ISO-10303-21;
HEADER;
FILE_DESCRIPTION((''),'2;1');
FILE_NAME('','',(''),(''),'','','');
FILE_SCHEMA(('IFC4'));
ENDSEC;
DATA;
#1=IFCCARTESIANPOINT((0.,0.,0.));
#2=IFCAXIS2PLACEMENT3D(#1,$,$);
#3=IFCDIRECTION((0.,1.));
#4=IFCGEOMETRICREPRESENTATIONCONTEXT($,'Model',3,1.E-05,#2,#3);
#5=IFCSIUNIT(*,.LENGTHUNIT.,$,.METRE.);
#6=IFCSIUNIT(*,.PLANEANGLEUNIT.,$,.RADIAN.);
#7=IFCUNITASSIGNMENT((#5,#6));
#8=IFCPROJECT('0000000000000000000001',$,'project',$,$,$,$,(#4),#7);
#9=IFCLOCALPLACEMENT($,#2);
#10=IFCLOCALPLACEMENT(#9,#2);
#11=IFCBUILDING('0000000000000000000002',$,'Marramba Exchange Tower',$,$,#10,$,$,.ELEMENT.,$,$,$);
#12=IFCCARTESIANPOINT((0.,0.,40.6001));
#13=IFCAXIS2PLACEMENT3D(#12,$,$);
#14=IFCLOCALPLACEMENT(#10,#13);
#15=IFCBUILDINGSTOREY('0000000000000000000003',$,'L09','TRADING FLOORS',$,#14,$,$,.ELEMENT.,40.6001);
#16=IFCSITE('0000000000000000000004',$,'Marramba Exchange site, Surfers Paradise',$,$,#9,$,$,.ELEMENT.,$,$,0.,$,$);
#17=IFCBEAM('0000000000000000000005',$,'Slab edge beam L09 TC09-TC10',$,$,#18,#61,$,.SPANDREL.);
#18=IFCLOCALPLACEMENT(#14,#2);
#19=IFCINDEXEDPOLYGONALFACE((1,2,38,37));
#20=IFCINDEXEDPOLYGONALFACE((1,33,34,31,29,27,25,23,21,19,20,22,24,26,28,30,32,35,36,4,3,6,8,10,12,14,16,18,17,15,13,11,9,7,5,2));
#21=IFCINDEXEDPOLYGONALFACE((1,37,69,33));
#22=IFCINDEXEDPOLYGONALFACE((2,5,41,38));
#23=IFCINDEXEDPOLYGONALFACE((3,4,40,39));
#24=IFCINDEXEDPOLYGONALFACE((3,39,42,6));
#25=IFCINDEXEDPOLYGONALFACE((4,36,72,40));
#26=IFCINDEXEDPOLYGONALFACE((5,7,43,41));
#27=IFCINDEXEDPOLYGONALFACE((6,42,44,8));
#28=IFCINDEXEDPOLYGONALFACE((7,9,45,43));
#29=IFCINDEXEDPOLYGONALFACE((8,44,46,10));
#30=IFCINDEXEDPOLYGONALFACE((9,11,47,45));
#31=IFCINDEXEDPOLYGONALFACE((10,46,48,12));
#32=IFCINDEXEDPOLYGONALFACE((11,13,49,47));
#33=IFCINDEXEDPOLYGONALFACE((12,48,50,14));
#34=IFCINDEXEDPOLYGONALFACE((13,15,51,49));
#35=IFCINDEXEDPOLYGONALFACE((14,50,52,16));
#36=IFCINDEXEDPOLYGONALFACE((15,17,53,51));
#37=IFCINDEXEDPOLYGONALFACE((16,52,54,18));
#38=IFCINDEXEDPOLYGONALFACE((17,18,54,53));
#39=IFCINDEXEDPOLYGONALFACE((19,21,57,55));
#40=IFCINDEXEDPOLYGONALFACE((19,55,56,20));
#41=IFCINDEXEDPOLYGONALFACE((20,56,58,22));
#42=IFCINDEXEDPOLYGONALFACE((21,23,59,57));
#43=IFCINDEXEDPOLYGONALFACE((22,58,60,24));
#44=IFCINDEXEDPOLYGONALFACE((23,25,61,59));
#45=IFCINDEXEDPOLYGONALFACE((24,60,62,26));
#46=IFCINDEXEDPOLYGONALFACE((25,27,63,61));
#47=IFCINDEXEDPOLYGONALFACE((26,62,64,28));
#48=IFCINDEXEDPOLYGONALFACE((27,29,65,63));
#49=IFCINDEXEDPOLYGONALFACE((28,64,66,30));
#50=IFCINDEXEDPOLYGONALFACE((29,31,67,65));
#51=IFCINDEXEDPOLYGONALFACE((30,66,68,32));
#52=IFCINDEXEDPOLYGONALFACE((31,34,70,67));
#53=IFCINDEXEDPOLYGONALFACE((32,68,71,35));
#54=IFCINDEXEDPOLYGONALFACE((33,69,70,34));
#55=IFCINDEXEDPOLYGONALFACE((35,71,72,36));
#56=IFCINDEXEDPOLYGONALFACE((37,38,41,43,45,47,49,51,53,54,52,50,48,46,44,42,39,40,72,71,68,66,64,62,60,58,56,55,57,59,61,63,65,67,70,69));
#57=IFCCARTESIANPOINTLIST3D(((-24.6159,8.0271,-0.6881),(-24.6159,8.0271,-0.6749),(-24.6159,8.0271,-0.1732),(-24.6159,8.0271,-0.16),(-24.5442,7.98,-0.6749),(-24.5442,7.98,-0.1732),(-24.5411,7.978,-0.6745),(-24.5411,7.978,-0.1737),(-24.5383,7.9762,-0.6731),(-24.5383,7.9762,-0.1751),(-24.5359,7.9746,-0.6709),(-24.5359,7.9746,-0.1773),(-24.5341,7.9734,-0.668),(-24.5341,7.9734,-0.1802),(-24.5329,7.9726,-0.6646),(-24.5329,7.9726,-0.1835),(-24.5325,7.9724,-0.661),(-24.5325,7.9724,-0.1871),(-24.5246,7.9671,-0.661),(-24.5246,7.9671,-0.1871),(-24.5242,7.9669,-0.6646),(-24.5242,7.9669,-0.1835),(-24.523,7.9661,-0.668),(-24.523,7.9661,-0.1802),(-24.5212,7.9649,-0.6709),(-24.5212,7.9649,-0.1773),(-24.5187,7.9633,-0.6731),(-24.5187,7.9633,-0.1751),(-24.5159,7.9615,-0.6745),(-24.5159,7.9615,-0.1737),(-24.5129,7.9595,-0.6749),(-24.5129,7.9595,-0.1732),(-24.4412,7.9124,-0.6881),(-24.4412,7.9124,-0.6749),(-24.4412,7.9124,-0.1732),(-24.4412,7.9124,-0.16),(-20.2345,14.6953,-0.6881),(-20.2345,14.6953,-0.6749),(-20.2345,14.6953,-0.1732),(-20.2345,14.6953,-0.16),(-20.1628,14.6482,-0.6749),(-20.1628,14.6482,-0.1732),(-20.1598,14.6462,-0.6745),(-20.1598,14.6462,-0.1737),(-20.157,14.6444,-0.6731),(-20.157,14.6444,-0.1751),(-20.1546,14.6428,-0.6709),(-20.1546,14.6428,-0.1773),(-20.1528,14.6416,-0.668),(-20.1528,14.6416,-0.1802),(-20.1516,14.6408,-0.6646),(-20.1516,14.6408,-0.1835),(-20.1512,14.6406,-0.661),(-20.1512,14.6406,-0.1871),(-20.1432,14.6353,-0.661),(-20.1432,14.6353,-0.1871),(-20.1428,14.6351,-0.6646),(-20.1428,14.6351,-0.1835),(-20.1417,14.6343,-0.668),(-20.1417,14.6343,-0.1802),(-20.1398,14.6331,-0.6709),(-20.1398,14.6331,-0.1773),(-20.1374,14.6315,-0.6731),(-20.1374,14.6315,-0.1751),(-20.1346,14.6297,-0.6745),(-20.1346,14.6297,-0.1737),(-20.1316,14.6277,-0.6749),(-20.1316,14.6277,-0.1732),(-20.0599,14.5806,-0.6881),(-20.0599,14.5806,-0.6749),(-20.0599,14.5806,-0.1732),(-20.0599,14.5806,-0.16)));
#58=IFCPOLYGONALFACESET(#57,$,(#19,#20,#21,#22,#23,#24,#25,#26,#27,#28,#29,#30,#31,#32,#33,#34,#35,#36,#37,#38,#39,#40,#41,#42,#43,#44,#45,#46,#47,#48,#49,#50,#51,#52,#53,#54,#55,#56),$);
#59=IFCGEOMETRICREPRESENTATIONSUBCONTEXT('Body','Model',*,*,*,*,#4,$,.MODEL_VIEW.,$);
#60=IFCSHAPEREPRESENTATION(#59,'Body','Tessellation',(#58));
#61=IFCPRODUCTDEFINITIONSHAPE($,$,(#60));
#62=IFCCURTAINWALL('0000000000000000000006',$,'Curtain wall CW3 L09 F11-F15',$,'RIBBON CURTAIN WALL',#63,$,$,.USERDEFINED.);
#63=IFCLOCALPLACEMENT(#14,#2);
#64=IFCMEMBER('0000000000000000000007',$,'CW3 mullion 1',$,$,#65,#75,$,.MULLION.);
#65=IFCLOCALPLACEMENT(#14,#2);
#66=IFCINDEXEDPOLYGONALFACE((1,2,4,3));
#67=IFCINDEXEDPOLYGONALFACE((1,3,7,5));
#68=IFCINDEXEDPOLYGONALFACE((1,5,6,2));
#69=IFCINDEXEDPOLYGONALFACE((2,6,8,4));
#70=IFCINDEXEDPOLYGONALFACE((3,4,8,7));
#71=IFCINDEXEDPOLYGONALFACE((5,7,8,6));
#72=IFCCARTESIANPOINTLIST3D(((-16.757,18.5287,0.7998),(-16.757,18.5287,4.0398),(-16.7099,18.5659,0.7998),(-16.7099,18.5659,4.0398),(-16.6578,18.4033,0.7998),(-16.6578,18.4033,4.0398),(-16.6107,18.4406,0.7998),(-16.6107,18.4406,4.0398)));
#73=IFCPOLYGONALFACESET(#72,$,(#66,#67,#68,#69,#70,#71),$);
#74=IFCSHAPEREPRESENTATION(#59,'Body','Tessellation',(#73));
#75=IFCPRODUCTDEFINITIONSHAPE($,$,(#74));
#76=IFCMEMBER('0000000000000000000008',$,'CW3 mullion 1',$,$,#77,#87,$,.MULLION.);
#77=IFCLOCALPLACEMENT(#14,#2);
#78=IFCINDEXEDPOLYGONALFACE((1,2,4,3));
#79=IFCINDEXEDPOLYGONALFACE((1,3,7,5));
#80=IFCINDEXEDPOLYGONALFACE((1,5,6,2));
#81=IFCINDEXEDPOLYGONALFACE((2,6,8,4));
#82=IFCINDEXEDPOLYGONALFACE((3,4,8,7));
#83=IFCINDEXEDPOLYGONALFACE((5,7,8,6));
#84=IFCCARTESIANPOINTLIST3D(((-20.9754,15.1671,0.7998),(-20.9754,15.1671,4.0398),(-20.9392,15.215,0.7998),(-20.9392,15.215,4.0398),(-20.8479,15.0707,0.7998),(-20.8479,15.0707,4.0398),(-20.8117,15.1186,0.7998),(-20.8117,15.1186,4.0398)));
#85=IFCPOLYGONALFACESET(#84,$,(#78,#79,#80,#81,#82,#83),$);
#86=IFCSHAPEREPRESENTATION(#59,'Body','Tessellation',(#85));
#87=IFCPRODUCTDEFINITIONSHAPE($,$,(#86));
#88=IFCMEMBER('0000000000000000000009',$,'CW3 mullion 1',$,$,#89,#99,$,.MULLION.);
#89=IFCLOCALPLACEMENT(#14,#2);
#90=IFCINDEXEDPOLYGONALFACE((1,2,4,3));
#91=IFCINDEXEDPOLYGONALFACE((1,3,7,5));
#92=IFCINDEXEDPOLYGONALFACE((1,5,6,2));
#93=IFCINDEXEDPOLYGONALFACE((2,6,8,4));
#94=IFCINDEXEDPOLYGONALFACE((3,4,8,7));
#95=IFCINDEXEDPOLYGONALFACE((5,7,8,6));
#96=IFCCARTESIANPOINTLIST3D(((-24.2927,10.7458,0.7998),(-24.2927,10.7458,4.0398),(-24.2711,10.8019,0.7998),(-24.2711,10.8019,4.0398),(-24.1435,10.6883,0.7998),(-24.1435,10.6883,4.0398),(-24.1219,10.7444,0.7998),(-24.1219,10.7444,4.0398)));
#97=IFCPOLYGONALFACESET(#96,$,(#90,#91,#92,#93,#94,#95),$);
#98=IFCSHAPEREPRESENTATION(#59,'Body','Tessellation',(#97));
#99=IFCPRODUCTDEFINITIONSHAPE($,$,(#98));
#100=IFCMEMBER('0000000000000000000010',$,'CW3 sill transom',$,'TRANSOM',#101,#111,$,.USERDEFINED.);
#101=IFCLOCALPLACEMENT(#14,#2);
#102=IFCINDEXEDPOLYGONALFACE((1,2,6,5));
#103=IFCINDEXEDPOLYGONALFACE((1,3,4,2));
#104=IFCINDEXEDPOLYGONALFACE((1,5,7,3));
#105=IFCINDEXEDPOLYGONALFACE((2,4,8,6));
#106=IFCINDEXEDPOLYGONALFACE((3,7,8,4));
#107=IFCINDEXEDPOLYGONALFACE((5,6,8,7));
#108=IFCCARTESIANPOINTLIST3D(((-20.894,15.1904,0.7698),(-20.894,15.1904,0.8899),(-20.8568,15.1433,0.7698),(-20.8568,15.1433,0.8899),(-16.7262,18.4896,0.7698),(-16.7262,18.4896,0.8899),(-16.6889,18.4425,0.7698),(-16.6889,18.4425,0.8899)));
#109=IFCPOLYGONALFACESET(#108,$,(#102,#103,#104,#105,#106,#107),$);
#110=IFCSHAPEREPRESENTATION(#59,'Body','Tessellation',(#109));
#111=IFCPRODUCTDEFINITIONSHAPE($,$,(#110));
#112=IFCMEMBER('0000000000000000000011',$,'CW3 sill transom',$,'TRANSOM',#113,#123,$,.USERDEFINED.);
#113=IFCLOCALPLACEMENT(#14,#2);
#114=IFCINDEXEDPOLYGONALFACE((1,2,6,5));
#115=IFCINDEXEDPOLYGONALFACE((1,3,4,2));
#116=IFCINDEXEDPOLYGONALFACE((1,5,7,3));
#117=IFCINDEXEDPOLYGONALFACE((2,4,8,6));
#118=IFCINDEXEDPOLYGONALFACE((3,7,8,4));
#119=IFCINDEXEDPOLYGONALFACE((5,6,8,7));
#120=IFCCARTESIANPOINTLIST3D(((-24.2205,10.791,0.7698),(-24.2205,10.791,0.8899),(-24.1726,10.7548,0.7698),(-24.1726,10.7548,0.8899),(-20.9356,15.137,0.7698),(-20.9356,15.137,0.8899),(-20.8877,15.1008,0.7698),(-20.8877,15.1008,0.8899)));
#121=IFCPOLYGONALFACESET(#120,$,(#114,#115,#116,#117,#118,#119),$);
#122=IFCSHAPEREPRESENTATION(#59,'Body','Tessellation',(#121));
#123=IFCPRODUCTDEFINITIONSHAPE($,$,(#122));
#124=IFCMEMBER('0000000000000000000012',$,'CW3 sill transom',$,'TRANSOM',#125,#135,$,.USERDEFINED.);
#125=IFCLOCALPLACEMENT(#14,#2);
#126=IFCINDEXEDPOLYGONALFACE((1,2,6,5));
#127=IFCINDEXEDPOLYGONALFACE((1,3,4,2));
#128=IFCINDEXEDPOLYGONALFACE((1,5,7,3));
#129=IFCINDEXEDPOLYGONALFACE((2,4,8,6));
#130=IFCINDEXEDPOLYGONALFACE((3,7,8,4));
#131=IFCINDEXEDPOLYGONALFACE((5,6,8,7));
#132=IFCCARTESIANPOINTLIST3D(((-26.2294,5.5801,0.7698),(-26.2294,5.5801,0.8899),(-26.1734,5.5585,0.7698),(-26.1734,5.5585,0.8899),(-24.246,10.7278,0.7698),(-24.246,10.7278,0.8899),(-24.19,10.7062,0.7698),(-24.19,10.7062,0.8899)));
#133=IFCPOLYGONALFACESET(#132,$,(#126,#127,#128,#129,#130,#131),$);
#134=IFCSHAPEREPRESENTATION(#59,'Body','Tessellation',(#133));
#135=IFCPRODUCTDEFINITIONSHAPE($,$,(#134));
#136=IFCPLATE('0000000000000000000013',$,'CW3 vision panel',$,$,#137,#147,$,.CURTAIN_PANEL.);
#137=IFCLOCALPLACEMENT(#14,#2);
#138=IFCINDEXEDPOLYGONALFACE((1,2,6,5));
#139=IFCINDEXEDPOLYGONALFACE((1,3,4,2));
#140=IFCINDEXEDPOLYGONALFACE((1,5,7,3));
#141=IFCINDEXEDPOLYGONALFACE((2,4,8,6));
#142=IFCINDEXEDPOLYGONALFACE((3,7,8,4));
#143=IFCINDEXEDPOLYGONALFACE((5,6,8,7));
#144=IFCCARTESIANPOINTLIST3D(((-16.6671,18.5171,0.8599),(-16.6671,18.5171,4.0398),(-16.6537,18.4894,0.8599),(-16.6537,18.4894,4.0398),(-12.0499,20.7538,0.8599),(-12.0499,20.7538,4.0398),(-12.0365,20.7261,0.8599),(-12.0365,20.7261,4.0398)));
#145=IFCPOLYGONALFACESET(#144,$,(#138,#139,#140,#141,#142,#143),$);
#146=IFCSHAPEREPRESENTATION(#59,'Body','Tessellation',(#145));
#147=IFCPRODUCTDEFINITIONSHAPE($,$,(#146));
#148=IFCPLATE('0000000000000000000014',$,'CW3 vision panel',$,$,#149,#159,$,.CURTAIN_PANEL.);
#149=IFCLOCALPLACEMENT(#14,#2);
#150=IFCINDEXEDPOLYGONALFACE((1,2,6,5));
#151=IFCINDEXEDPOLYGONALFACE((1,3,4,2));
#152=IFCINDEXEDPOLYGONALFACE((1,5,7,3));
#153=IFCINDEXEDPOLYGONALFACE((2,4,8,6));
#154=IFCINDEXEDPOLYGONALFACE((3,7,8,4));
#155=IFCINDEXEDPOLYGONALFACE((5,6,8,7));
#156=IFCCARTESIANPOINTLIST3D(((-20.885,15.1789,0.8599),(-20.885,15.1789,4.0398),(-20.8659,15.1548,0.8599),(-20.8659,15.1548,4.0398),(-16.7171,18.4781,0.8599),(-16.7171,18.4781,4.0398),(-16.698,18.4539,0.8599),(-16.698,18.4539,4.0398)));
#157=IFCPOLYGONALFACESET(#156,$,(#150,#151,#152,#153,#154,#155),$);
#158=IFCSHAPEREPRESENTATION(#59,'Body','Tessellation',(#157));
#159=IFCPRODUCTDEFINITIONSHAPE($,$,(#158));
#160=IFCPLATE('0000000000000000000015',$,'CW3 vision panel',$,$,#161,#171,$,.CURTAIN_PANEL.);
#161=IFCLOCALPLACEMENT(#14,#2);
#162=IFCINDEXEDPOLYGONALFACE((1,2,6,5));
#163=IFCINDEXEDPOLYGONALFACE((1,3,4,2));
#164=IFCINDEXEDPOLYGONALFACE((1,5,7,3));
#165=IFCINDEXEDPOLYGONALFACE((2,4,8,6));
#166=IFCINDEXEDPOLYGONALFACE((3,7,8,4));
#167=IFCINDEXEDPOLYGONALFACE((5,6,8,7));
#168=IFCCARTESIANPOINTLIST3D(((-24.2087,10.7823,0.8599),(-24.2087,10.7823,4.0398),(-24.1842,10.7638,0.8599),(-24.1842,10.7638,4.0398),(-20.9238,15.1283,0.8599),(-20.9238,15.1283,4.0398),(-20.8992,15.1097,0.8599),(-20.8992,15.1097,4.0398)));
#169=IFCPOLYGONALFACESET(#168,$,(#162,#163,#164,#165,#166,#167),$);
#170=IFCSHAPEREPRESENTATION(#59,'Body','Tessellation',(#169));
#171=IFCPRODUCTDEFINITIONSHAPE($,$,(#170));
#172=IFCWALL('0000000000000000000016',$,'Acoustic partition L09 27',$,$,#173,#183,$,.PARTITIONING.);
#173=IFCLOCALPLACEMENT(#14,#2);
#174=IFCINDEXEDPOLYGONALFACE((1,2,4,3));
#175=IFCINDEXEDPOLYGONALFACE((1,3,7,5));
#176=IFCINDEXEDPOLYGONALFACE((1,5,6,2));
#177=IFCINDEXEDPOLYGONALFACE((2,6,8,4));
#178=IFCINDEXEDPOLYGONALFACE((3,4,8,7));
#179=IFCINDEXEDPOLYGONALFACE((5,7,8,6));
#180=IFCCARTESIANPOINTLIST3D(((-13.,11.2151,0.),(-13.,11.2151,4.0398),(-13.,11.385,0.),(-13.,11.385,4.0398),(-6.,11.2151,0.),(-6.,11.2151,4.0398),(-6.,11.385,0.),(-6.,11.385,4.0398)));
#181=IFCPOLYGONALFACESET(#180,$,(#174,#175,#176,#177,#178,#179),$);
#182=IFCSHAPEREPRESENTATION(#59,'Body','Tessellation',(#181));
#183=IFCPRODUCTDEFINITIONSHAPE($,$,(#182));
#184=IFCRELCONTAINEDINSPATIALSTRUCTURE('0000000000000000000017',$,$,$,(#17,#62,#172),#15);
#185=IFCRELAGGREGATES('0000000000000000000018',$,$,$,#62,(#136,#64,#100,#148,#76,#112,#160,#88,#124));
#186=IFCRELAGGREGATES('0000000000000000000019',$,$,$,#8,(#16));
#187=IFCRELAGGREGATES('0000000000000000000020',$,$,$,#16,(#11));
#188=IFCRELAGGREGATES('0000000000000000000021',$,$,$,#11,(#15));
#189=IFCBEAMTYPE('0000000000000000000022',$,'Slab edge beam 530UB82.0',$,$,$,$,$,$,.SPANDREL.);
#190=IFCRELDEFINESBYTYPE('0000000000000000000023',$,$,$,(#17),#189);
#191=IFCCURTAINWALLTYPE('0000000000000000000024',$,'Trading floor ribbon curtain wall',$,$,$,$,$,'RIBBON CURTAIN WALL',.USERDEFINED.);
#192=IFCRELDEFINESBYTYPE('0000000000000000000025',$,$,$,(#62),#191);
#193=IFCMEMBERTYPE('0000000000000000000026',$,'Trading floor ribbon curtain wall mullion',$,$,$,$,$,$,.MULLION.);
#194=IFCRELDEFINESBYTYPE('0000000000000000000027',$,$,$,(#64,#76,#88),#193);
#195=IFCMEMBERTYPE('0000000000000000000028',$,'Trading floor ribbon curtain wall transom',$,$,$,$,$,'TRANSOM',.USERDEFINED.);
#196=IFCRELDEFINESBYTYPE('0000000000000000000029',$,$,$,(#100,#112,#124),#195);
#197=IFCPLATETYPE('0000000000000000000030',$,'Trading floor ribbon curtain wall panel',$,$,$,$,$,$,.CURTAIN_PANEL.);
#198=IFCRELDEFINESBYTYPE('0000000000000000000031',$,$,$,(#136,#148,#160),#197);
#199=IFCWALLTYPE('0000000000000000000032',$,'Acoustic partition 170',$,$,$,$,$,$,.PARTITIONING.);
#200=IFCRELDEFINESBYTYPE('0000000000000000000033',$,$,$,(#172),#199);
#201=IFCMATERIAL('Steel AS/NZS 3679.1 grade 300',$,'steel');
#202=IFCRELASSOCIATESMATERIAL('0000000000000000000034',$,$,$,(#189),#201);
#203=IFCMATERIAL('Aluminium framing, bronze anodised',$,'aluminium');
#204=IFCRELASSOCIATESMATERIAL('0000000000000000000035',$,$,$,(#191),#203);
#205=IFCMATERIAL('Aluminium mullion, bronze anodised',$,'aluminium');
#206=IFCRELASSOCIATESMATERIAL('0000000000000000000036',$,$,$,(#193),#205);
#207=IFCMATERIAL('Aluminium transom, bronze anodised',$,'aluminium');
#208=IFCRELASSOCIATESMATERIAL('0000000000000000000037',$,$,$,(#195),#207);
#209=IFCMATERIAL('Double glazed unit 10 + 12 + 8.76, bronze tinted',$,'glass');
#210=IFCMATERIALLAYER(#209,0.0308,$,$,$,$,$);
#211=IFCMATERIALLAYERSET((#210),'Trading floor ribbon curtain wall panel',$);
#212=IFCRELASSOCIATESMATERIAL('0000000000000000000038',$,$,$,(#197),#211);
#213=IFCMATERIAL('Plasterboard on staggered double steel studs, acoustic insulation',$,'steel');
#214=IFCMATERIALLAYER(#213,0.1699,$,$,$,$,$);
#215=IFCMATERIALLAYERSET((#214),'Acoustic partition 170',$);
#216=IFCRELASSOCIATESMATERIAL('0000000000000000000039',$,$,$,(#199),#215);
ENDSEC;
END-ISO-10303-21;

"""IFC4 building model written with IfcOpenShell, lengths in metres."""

from ifc_helpers import new_model, si_unit, direction, frame, frame_2d, origin, origin_2d, place, context, subcontext, project, spatial, rectangle, i_section, extrude, material, layer, layer_set, material_profile, profile_set, type_object, element, aggregate, save


model = new_model("IFC4")

# Units and contexts
model_context = context("Model", 3, precision=1e-05, world=origin(), true_north=direction((0.0, 1.0)))
body_context = subcontext(model_context, "Body", "Model", "MODEL_VIEW")
ifc_project = project(units=[si_unit("LENGTHUNIT", "METRE"), si_unit("PLANEANGLEUNIT", "RADIAN")], contexts=[model_context])

# Site, building, storey
site_placement = place(None, origin())
site = spatial("IfcSite", under=ifc_project, at=site_placement, Name="Marramba Exchange site, Surfers Paradise", CompositionType="ELEMENT", RefElevation=0.0)
building_placement = place(site_placement, origin())
building = spatial("IfcBuilding", under=site, at=building_placement, Name="Marramba Exchange Tower", CompositionType="ELEMENT")
storey_placement = place(building_placement, frame((0.0, 0.0, 40.6001)))
storey = spatial("IfcBuildingStorey", under=building, at=storey_placement, Name="L09", Description="TRADING FLOORS", CompositionType="ELEMENT", Elevation=40.6001)

# Beam
ifc_material_1 = material(Name="Steel AS/NZS 3679.1 grade 300", Category="steel")
ifc_material_profile_1 = material_profile(ifc_material_1, i_section(OverallWidth=0.209, OverallDepth=0.5281, WebThickness=0.0095, FlangeThickness=0.0132, FilletRadius=0.0139, at=origin_2d()), Name="530UB82.0")
ifc_profile_set_1 = profile_set([ifc_material_profile_1], Name="Steel AS/NZS 3679.1 grade 300")
beam_type_1 = type_object("IfcBeamType", Name="Slab edge beam 530UB82.0", PredefinedType="SPANDREL", material=ifc_profile_set_1)
beam_1_placement = place(storey_placement, frame((-20.1472, 14.6379, -0.4241), z_axis=(-0.549124, -0.835741, 0.0), x_axis=(0.835741, -0.549124, 0.0)))
element("IfcBeam", 1, at=beam_1_placement, inside=storey, type_object=beam_type_1, Name="Slab edge beam L09 TC09-TC10", PredefinedType="SPANDREL", context=body_context, shape_type="SweptSolid", body=[
    extrude(i_section(OverallWidth=0.209, OverallDepth=0.5281, WebThickness=0.0095, FlangeThickness=0.0132, FilletRadius=0.0139, at=origin_2d()), origin(), (0.0, 0.0, 1.0), 7.9788),
])

# Curtain wall, members, plates
ifc_material_2 = material(Name="Aluminium framing, bronze anodised", Category="aluminium")
curtain_wall_type = type_object("IfcCurtainWallType", Name="Trading floor ribbon curtain wall", ElementType="RIBBON CURTAIN WALL", PredefinedType="USERDEFINED", material=ifc_material_2)
curtain_wall_placement = place(storey_placement, origin())
curtain_wall = element("IfcCurtainWall", 2, at=curtain_wall_placement, inside=storey, type_object=curtain_wall_type, Name="Curtain wall CW3 L09 F11-F15", ObjectType="RIBBON CURTAIN WALL", PredefinedType="USERDEFINED")
ifc_material_3 = material(Name="Aluminium mullion, bronze anodised", Category="aluminium")
ifc_material_profile_2 = material_profile(ifc_material_3, rectangle(XDim=0.1599, YDim=0.0601, at=origin_2d()), Name="CW3 mullion 60x160")
ifc_profile_set_2 = profile_set([ifc_material_profile_2], Name="Aluminium mullion, bronze anodised")
member_type_1 = type_object("IfcMemberType", Name="Trading floor ribbon curtain wall mullion", PredefinedType="MULLION", material=ifc_profile_set_2)
member_1_placement = place(storey_placement, frame((-16.6838, 18.4846, 0.7998), z_axis=(0.0, 0.0, 1.0), x_axis=(0.62065, -0.784088, 0.0)))
member_1 = element("IfcMember", 3, at=member_1_placement, type_object=member_type_1, Name="CW3 mullion 1", PredefinedType="MULLION", context=body_context, shape_type="SweptSolid", body=[
    extrude(rectangle(XDim=0.1599, YDim=0.0601, at=origin_2d()), origin(), (0.0, 0.0, 1.0), 3.24),
])
member_2_placement = place(storey_placement, frame((-20.8936, 15.1428, 0.7998), z_axis=(0.0, 0.0, 1.0), x_axis=(0.797749, -0.60299, 0.0)))
member_2 = element("IfcMember", 4, at=member_2_placement, type_object=member_type_1, Name="CW3 mullion 1", PredefinedType="MULLION", context=body_context, shape_type="SweptSolid", body=[
    extrude(rectangle(XDim=0.1599, YDim=0.0601, at=origin_2d()), origin(), (0.0, 0.0, 1.0), 3.24),
])
member_3_placement = place(storey_placement, frame((-24.2073, 10.7451, 0.7998), z_axis=(0.0, 0.0, 1.0), x_axis=(0.933135, -0.359526, 0.0)))
member_3 = element("IfcMember", 5, at=member_3_placement, type_object=member_type_1, Name="CW3 mullion 1", PredefinedType="MULLION", context=body_context, shape_type="SweptSolid", body=[
    extrude(rectangle(XDim=0.1599, YDim=0.0601, at=origin_2d()), origin(), (0.0, 0.0, 1.0), 3.24),
])
ifc_material_4 = material(Name="Aluminium transom, bronze anodised", Category="aluminium")
ifc_material_profile_3 = material_profile(ifc_material_4, rectangle(XDim=0.0601, YDim=0.1201, at=origin_2d()), Name="CW3 transom 60x120")
ifc_profile_set_3 = profile_set([ifc_material_profile_3], Name="Aluminium transom, bronze anodised")
member_type_2 = type_object("IfcMemberType", Name="Trading floor ribbon curtain wall transom", ElementType="TRANSOM", PredefinedType="USERDEFINED", material=ifc_profile_set_3)
member_4_placement = place(storey_placement, frame((-16.7075, 18.4661, 0.8298), z_axis=(-0.784076, -0.620665, 0.0), x_axis=(0.620665, -0.784076, 0.0)))
member_4 = element("IfcMember", 6, at=member_4_placement, type_object=member_type_2, Name="CW3 sill transom", ObjectType="TRANSOM", PredefinedType="USERDEFINED", context=body_context, shape_type="SweptSolid", body=[
    extrude(rectangle(XDim=0.0601, YDim=0.1201, at=origin_2d()), origin(), (0.0, 0.0, 1.0), 5.3157),
])
member_5_placement = place(storey_placement, frame((-20.9116, 15.1189, 0.8298), z_axis=(-0.602986, -0.797752, 0.0), x_axis=(0.797752, -0.602986, 0.0)))
member_5 = element("IfcMember", 7, at=member_5_placement, type_object=member_type_2, Name="CW3 sill transom", ObjectType="TRANSOM", PredefinedType="USERDEFINED", context=body_context, shape_type="SweptSolid", body=[
    extrude(rectangle(XDim=0.0601, YDim=0.1201, at=origin_2d()), origin(), (0.0, 0.0, 1.0), 5.4478),
])
member_6_placement = place(storey_placement, frame((-24.218, 10.717, 0.8298), z_axis=(-0.359534, -0.933132, 0.0), x_axis=(0.933132, -0.359534, 0.0)))
member_6 = element("IfcMember", 8, at=member_6_placement, type_object=member_type_2, Name="CW3 sill transom", ObjectType="TRANSOM", PredefinedType="USERDEFINED", context=body_context, shape_type="SweptSolid", body=[
    extrude(rectangle(XDim=0.0601, YDim=0.1201, at=origin_2d()), origin(), (0.0, 0.0, 1.0), 5.5166),
])
ifc_material_5 = material(Name="Double glazed unit 10 + 12 + 8.76, bronze tinted", Category="glass")
ifc_layer_1 = layer(ifc_material_5, 0.0308)
ifc_layer_set_1 = layer_set([ifc_layer_1], Name="Trading floor ribbon curtain wall panel")
plate_type = type_object("IfcPlateType", Name="Trading floor ribbon curtain wall panel", PredefinedType="CURTAIN_PANEL", material=ifc_layer_set_1)
plate_1_placement = place(storey_placement, frame((-14.3518, 19.6216, 0.8599), z_axis=(0.0, 0.0, 1.0), x_axis=(-0.899963, -0.435965, 0.0)))
plate_1 = element("IfcPlate", 9, at=plate_1_placement, type_object=plate_type, Name="CW3 vision panel", PredefinedType="CURTAIN_PANEL", context=body_context, shape_type="SweptSolid", body=[
    extrude(rectangle(XDim=5.1304, YDim=0.0308, at=origin_2d()), origin(), (0.0, 0.0, 1.0), 3.1799),
])
plate_2_placement = place(storey_placement, frame((-18.7915, 16.8164, 0.8599), z_axis=(0.0, 0.0, 1.0), x_axis=(-0.784088, -0.62065, 0.0)))
plate_2 = element("IfcPlate", 10, at=plate_2_placement, type_object=plate_type, Name="CW3 vision panel", PredefinedType="CURTAIN_PANEL", context=body_context, shape_type="SweptSolid", body=[
    extrude(rectangle(XDim=5.3157, YDim=0.0308, at=origin_2d()), origin(), (0.0, 0.0, 1.0), 3.1799),
])
plate_3_placement = place(storey_placement, frame((-22.554, 12.946, 0.8599), z_axis=(0.0, 0.0, 1.0), x_axis=(-0.60299, -0.797749, 0.0)))
plate_3 = element("IfcPlate", 11, at=plate_3_placement, type_object=plate_type, Name="CW3 vision panel", PredefinedType="CURTAIN_PANEL", context=body_context, shape_type="SweptSolid", body=[
    extrude(rectangle(XDim=5.4478, YDim=0.0308, at=origin_2d()), origin(), (0.0, 0.0, 1.0), 3.1799),
])
aggregate(curtain_wall, [plate_1, member_1, member_4, plate_2, member_2, member_5, plate_3, member_3, member_6])

# Wall
ifc_material_6 = material(Name="Plasterboard on staggered double steel studs, acoustic insulation", Category="steel")
ifc_layer_2 = layer(ifc_material_6, 0.1699)
ifc_layer_set_2 = layer_set([ifc_layer_2], Name="Acoustic partition 170")
wall_type_1 = type_object("IfcWallType", Name="Acoustic partition 170", PredefinedType="PARTITIONING", material=ifc_layer_set_2)
wall_1_placement = place(storey_placement, frame((-13.0, 11.3, 0.0), z_axis=(0.0, 0.0, 1.0), x_axis=(1.0, 0.0, 0.0)))
element("IfcWall", 12, at=wall_1_placement, inside=storey, type_object=wall_type_1, Name="Acoustic partition L09 27", PredefinedType="PARTITIONING", context=body_context, shape_type="SweptSolid", body=[
    extrude(rectangle(XDim=7.0, YDim=0.1699, at=frame_2d((3.5, 0.0))), origin(), (0.0, 0.0, 1.0), 4.0398),
])

save(model, "model.ifc")
